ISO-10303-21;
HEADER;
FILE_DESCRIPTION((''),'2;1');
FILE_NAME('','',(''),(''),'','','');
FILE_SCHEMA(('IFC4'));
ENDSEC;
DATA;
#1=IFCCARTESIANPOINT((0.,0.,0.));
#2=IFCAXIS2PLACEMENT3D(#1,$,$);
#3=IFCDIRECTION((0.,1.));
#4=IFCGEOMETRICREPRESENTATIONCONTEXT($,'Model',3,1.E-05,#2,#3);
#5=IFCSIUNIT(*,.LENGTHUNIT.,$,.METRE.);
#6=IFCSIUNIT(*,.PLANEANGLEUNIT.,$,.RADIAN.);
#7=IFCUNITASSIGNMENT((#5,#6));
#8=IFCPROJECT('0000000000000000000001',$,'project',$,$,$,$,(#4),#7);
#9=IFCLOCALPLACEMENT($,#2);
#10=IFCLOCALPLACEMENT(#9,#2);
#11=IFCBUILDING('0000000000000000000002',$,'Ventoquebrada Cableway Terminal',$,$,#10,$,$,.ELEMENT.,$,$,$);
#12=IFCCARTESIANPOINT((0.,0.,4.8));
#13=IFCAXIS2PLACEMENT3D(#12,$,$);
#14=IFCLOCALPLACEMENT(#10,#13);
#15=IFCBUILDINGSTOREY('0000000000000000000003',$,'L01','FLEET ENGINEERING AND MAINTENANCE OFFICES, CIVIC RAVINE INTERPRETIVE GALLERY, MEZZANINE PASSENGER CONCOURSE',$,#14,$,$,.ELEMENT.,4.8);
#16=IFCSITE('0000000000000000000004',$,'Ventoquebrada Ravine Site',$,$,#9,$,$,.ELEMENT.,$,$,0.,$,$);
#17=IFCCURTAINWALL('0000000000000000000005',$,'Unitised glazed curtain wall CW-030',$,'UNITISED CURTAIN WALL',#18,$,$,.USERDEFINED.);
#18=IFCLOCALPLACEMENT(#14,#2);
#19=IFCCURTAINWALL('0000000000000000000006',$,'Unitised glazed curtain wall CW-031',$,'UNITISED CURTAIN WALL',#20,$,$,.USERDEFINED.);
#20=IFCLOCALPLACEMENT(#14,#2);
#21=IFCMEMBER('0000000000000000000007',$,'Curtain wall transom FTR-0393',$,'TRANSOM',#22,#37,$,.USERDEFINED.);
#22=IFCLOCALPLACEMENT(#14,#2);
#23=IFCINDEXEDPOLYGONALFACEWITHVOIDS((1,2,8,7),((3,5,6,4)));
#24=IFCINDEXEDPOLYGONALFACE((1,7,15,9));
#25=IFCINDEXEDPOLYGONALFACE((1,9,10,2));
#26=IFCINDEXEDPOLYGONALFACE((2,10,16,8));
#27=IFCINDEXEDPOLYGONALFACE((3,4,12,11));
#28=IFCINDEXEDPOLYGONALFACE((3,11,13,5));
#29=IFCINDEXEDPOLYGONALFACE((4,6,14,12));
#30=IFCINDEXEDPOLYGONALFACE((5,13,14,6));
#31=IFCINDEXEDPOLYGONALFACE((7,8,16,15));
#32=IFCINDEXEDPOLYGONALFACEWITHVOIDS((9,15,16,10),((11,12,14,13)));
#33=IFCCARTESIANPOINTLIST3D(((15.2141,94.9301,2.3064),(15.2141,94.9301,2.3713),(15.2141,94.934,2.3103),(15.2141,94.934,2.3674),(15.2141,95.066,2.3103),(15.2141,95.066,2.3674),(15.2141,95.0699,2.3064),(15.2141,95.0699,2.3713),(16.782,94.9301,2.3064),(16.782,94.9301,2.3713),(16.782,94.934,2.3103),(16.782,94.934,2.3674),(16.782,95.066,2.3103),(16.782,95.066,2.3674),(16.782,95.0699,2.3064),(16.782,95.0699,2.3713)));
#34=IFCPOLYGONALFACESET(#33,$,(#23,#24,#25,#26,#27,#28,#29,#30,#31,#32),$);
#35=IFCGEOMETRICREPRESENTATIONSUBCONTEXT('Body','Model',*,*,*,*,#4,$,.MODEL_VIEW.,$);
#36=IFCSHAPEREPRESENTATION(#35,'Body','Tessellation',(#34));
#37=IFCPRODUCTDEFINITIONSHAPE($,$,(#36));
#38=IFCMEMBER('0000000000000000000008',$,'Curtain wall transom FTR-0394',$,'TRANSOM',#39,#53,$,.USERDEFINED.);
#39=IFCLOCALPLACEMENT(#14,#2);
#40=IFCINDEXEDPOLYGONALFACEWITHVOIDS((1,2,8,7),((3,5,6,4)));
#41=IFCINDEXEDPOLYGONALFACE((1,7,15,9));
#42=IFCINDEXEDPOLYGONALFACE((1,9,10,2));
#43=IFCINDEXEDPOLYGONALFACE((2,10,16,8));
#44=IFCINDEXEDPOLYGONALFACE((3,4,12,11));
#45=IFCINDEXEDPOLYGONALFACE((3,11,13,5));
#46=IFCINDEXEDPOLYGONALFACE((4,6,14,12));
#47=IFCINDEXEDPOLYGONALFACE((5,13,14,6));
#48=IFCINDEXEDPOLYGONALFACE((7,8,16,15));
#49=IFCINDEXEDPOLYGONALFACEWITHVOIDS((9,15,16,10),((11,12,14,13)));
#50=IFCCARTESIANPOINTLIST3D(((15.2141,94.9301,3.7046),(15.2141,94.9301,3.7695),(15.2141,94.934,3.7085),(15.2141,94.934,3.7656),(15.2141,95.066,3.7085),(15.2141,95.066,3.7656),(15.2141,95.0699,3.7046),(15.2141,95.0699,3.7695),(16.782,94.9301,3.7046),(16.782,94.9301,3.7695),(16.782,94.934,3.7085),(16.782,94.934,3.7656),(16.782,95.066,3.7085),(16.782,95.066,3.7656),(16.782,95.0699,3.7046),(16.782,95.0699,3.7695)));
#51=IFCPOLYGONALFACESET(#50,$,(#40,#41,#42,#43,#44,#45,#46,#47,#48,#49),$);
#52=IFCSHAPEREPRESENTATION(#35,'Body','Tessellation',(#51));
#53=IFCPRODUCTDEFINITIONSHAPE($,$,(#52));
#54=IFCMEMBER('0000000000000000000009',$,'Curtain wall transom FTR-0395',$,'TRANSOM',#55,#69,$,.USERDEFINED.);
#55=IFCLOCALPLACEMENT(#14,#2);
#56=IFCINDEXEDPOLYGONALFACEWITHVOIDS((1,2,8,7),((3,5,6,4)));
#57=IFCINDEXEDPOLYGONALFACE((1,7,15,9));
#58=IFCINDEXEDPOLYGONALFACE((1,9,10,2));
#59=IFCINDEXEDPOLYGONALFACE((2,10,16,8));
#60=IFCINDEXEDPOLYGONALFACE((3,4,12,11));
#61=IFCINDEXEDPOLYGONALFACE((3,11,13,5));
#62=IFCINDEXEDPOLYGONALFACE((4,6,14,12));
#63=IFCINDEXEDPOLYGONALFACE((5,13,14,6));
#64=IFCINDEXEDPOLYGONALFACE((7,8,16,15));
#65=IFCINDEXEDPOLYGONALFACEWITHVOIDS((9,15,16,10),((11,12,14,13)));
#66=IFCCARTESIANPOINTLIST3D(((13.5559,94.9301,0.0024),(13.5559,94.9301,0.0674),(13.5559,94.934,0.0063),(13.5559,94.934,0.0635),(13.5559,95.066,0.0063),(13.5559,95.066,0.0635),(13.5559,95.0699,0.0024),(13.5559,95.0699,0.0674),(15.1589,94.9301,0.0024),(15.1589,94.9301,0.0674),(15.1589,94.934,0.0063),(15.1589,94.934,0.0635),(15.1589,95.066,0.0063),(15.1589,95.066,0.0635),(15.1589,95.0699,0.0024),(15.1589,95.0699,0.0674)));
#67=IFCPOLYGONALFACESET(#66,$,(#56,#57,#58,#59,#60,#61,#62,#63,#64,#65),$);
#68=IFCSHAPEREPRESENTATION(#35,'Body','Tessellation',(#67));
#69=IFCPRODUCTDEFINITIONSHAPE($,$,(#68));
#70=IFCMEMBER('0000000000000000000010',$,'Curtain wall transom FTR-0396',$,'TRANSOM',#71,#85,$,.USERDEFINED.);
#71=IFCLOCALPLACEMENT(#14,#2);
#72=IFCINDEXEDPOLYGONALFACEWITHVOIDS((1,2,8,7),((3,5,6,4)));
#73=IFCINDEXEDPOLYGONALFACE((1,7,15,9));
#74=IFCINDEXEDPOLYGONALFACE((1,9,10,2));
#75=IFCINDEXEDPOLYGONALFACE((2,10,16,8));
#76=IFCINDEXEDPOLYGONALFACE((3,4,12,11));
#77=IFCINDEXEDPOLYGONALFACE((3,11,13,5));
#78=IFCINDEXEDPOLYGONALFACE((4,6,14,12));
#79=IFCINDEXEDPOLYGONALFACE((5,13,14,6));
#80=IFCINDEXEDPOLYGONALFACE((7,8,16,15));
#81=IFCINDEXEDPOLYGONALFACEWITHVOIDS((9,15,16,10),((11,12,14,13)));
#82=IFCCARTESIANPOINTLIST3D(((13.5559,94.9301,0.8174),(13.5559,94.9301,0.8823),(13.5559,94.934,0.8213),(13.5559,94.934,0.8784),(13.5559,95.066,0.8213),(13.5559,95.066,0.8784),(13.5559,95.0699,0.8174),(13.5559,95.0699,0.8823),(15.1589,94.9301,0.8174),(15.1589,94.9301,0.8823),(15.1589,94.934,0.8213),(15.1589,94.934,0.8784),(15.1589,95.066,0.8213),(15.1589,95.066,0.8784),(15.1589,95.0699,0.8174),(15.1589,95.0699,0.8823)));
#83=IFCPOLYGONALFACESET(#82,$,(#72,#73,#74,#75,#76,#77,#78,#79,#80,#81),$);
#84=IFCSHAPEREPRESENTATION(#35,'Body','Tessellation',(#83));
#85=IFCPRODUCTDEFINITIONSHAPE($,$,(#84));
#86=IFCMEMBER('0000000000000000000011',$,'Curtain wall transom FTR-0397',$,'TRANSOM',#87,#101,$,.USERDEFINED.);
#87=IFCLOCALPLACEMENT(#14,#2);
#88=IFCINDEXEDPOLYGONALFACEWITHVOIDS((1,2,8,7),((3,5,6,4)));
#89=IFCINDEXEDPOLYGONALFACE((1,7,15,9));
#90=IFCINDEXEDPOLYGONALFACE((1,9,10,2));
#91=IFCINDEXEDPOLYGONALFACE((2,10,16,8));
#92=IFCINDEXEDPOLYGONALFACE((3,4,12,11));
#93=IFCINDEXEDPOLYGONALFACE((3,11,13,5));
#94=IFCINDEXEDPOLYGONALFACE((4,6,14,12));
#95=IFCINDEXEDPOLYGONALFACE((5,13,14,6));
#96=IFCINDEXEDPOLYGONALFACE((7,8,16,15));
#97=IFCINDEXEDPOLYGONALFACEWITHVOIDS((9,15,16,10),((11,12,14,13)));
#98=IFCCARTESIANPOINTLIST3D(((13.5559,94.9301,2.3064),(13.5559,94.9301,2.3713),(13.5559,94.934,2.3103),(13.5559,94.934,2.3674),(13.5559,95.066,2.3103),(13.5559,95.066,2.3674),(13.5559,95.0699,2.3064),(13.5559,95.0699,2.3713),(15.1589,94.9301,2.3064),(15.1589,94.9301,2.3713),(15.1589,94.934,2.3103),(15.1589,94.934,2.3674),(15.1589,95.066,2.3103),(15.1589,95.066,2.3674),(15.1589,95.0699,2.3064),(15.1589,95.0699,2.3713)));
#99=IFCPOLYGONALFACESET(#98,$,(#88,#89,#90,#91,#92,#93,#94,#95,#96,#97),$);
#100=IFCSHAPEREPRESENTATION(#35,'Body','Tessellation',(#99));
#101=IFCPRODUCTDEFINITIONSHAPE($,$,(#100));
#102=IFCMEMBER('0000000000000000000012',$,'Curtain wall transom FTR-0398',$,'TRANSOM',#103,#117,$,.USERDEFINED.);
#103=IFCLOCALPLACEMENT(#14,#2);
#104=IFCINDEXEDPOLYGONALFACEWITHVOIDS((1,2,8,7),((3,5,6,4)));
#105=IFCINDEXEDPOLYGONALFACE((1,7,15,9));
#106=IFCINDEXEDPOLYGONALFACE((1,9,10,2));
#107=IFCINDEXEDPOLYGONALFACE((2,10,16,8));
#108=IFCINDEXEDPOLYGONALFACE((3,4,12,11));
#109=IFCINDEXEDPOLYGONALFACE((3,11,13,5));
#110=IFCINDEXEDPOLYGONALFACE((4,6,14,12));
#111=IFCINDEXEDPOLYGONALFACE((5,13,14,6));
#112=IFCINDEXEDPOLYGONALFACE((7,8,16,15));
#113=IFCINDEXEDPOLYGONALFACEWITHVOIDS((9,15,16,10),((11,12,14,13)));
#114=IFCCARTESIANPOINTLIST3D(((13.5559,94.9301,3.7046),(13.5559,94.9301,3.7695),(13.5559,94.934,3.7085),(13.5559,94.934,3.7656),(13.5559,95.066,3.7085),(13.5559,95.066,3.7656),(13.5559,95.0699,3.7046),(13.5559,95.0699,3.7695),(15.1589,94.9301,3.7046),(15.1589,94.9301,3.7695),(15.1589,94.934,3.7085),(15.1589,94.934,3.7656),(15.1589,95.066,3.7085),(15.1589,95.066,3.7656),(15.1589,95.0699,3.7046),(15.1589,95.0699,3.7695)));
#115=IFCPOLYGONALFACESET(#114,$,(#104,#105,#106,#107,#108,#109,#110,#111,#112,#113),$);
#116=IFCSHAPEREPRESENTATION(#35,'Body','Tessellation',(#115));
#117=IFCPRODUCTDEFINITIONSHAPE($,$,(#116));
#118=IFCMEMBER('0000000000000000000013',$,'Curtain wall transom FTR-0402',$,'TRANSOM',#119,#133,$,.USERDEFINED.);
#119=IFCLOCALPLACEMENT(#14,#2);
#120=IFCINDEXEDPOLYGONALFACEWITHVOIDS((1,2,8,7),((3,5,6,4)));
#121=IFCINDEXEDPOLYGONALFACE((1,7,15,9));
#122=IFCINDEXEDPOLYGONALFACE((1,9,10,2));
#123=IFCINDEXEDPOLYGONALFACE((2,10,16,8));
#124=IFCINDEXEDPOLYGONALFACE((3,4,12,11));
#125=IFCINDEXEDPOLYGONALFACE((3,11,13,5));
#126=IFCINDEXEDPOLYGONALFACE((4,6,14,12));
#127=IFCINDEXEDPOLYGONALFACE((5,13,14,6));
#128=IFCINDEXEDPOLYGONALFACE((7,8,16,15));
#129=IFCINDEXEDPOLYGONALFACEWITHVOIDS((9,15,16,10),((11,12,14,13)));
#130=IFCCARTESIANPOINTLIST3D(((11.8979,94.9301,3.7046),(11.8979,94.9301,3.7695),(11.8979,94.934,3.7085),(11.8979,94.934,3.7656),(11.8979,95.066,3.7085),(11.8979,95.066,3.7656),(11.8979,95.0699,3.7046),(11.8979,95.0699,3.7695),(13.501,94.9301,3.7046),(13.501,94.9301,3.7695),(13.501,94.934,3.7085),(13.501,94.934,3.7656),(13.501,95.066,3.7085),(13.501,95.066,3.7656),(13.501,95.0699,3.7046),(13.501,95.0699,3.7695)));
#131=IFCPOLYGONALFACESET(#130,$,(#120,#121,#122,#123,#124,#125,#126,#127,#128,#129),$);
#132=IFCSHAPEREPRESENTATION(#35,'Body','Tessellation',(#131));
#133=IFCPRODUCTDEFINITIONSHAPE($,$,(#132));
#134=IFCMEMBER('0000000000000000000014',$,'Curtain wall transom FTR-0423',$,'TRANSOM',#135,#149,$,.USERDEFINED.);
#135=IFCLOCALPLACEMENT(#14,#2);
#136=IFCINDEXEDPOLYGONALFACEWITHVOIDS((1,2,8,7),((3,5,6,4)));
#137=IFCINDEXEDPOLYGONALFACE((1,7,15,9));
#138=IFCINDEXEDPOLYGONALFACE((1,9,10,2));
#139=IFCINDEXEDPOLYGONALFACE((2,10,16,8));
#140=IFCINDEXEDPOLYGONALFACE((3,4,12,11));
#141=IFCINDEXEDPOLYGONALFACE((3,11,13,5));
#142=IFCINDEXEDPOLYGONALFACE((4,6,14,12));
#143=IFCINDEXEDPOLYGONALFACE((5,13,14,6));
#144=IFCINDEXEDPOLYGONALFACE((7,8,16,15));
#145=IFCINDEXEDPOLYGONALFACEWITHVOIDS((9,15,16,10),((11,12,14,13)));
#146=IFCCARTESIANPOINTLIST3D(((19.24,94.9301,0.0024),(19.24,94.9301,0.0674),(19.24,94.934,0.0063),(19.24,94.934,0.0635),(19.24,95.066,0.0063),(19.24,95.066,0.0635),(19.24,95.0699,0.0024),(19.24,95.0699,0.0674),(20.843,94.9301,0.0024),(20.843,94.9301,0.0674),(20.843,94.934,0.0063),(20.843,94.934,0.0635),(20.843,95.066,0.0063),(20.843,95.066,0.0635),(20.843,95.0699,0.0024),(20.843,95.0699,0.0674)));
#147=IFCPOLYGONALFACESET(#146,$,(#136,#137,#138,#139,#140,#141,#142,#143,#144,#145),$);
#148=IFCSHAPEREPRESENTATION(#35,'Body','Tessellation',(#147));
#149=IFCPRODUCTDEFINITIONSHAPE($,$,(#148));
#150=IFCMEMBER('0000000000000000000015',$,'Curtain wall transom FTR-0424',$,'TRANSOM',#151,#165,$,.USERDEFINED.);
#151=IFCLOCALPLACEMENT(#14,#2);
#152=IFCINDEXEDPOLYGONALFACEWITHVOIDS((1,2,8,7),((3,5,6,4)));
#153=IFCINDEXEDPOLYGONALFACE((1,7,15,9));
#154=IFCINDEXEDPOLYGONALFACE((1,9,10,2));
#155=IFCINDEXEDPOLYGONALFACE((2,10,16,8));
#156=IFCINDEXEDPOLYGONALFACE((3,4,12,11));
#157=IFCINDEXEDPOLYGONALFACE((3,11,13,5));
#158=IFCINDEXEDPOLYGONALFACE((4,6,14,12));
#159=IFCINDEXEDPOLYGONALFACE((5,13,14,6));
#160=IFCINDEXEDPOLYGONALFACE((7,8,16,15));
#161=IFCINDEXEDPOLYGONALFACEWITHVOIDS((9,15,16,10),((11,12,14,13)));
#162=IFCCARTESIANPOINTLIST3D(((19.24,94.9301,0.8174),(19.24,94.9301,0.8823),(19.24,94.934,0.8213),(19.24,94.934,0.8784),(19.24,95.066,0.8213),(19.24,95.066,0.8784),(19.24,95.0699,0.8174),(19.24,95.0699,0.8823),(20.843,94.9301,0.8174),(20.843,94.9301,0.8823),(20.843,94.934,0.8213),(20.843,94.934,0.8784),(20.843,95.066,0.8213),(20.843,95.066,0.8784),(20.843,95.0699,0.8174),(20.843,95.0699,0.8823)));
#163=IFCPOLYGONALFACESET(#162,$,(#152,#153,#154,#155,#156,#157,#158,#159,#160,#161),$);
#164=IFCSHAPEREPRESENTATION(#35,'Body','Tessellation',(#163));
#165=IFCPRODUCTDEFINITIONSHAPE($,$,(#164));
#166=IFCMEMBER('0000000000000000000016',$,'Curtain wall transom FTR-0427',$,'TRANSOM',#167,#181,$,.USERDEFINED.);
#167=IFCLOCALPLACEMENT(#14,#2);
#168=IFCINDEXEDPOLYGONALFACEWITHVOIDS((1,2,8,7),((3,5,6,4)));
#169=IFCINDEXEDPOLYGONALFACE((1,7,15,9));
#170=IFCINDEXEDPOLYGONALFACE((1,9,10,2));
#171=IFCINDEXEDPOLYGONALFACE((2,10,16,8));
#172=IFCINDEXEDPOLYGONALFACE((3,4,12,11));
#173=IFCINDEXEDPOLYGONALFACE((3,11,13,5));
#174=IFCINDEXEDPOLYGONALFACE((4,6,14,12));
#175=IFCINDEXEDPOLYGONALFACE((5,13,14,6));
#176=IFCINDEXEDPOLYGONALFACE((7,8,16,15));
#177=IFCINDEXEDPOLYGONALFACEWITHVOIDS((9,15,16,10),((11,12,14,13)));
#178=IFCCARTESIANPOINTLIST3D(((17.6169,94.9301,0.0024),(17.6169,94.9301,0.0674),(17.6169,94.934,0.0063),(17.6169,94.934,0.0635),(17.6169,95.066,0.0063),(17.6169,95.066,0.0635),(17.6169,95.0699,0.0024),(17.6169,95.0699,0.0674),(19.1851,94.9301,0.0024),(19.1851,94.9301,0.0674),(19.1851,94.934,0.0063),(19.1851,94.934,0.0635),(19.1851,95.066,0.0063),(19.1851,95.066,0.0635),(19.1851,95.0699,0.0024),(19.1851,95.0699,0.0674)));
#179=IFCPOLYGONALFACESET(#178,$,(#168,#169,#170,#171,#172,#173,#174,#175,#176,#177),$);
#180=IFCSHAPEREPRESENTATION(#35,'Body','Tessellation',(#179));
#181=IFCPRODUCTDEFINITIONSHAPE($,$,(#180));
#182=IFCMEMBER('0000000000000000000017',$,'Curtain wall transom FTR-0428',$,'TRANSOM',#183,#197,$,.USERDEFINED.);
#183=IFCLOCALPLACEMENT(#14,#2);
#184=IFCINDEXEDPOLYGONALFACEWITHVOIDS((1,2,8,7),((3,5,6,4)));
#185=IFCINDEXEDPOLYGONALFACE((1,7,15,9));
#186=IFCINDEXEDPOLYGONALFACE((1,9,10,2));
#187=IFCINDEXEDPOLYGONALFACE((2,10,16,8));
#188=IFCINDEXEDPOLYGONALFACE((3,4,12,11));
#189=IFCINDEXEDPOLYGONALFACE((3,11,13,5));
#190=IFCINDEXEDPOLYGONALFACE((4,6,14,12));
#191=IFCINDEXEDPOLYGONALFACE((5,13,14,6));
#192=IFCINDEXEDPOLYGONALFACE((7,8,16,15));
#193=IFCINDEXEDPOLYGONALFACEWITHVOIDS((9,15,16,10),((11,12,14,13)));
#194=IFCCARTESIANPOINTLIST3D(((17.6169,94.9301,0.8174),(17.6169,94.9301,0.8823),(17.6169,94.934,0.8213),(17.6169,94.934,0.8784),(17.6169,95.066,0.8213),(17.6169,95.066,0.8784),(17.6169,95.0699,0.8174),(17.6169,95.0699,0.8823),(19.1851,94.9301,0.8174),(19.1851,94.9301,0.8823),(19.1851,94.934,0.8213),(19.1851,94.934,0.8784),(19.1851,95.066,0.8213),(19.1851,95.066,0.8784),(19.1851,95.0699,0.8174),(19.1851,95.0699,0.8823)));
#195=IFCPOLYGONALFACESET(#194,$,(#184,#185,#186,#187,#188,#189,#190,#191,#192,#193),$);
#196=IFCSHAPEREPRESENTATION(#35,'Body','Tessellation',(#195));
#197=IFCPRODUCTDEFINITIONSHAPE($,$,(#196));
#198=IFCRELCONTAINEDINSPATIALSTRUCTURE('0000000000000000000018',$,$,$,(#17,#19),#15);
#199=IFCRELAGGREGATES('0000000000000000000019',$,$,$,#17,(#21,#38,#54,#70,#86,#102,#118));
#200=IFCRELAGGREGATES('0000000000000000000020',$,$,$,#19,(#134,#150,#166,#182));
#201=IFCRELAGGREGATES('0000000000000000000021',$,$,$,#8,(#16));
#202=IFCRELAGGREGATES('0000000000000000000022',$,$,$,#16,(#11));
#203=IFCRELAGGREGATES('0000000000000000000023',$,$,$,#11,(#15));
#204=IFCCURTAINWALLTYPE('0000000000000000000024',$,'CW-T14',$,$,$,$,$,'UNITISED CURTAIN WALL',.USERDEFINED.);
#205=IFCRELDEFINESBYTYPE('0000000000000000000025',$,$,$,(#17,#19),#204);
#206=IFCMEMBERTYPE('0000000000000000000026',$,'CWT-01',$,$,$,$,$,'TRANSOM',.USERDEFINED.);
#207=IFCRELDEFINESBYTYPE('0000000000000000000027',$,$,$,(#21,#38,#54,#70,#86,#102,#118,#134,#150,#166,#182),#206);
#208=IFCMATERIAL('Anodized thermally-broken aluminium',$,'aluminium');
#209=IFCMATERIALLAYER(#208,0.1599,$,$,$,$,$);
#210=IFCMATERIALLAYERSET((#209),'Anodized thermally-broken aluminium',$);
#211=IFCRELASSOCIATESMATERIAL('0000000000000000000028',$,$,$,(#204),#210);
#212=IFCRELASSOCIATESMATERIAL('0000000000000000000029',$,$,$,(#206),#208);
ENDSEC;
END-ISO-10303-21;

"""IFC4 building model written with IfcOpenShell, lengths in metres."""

from ifc_helpers import new_model, si_unit, direction, frame, origin, origin_2d, place, context, subcontext, project, spatial, hollow_rectangle, extrude, material, layer, layer_set, material_profile, profile_set, type_object, element, aggregate, save


model = new_model("IFC4")

# Units and contexts
model_context = context("Model", 3, precision=1e-05, world=origin(), true_north=direction((0.0, 1.0)))
body_context = subcontext(model_context, "Body", "Model", "MODEL_VIEW")
ifc_project = project(units=[si_unit("LENGTHUNIT", "METRE"), si_unit("PLANEANGLEUNIT", "RADIAN")], contexts=[model_context])

# Site, building, storey
site_placement = place(None, origin())
site = spatial("IfcSite", under=ifc_project, at=site_placement, Name="Ventoquebrada Ravine Site", CompositionType="ELEMENT", RefElevation=0.0)
building_placement = place(site_placement, origin())
building = spatial("IfcBuilding", under=site, at=building_placement, Name="Ventoquebrada Cableway Terminal", CompositionType="ELEMENT")
storey_placement = place(building_placement, frame((0.0, 0.0, 4.8)))
storey = spatial("IfcBuildingStorey", under=building, at=storey_placement, Name="L01", Description="FLEET ENGINEERING AND MAINTENANCE OFFICES, CIVIC RAVINE INTERPRETIVE GALLERY, MEZZANINE PASSENGER CONCOURSE", CompositionType="ELEMENT", Elevation=4.8)

# Curtain walls
ifc_material_1 = material(Name="Anodized thermally-broken aluminium", Category="aluminium")
ifc_layer_1 = layer(ifc_material_1, 0.1599)
ifc_layer_set_1 = layer_set([ifc_layer_1], Name="Anodized thermally-broken aluminium")
curtain_wall_type = type_object("IfcCurtainWallType", Name="CW-T14", ElementType="UNITISED CURTAIN WALL", PredefinedType="USERDEFINED", material=ifc_layer_set_1)
curtain_wall_1_placement = place(storey_placement, origin())
curtain_wall_1 = element("IfcCurtainWall", 1, at=curtain_wall_1_placement, inside=storey, type_object=curtain_wall_type, Name="Unitised glazed curtain wall CW-030", ObjectType="UNITISED CURTAIN WALL", PredefinedType="USERDEFINED")
curtain_wall_2_placement = place(storey_placement, origin())
curtain_wall_2 = element("IfcCurtainWall", 2, at=curtain_wall_2_placement, inside=storey, type_object=curtain_wall_type, Name="Unitised glazed curtain wall CW-031", ObjectType="UNITISED CURTAIN WALL", PredefinedType="USERDEFINED")

# Members
ifc_material_profile_1 = material_profile(ifc_material_1, hollow_rectangle(XDim=0.0649, YDim=0.1399, WallThickness=0.0039, at=origin_2d()), Name="CW-TRN-65X140")
ifc_profile_set_1 = profile_set([ifc_material_profile_1], Name="Anodized thermally-broken aluminium")
member_type_1 = type_object("IfcMemberType", Name="CWT-01", ElementType="TRANSOM", PredefinedType="USERDEFINED", material=ifc_profile_set_1)
member_1_placement = place(storey_placement, frame((16.782, 95.0, 2.3389), z_axis=(-1.0, 0.0, 0.0), x_axis=(0.0, 0.0, 1.0)))
member_1 = element("IfcMember", 3, at=member_1_placement, type_object=member_type_1, Name="Curtain wall transom FTR-0393", ObjectType="TRANSOM", PredefinedType="USERDEFINED", context=body_context, shape_type="SweptSolid", body=[
    extrude(hollow_rectangle(XDim=0.0649, YDim=0.1399, WallThickness=0.0039, at=origin_2d()), origin(), (0.0, 0.0, 1.0), 1.5679),
])
member_2_placement = place(storey_placement, frame((16.782, 95.0, 3.7371), z_axis=(-1.0, 0.0, 0.0), x_axis=(0.0, 0.0, 1.0)))
member_2 = element("IfcMember", 4, at=member_2_placement, type_object=member_type_1, Name="Curtain wall transom FTR-0394", ObjectType="TRANSOM", PredefinedType="USERDEFINED", context=body_context, shape_type="SweptSolid", body=[
    extrude(hollow_rectangle(XDim=0.0649, YDim=0.1399, WallThickness=0.0039, at=origin_2d()), origin(), (0.0, 0.0, 1.0), 1.5679),
])
member_3_placement = place(storey_placement, frame((15.1589, 95.0, 0.0349), z_axis=(-1.0, 0.0, 0.0), x_axis=(0.0, 0.0, 1.0)))
member_3 = element("IfcMember", 5, at=member_3_placement, type_object=member_type_1, Name="Curtain wall transom FTR-0395", ObjectType="TRANSOM", PredefinedType="USERDEFINED", context=body_context, shape_type="SweptSolid", body=[
    extrude(hollow_rectangle(XDim=0.0649, YDim=0.1399, WallThickness=0.0039, at=origin_2d()), origin(), (0.0, 0.0, 1.0), 1.603),
])
member_4_placement = place(storey_placement, frame((15.1589, 95.0, 0.8499), z_axis=(-1.0, 0.0, 0.0), x_axis=(0.0, 0.0, 1.0)))
member_4 = element("IfcMember", 6, at=member_4_placement, type_object=member_type_1, Name="Curtain wall transom FTR-0396", ObjectType="TRANSOM", PredefinedType="USERDEFINED", context=body_context, shape_type="SweptSolid", body=[
    extrude(hollow_rectangle(XDim=0.0649, YDim=0.1399, WallThickness=0.0039, at=origin_2d()), origin(), (0.0, 0.0, 1.0), 1.603),
])
member_5_placement = place(storey_placement, frame((15.1589, 95.0, 2.3389), z_axis=(-1.0, 0.0, 0.0), x_axis=(0.0, 0.0, 1.0)))
member_5 = element("IfcMember", 7, at=member_5_placement, type_object=member_type_1, Name="Curtain wall transom FTR-0397", ObjectType="TRANSOM", PredefinedType="USERDEFINED", context=body_context, shape_type="SweptSolid", body=[
    extrude(hollow_rectangle(XDim=0.0649, YDim=0.1399, WallThickness=0.0039, at=origin_2d()), origin(), (0.0, 0.0, 1.0), 1.603),
])
member_6_placement = place(storey_placement, frame((15.1589, 95.0, 3.7371), z_axis=(-1.0, 0.0, 0.0), x_axis=(0.0, 0.0, 1.0)))
member_6 = element("IfcMember", 8, at=member_6_placement, type_object=member_type_1, Name="Curtain wall transom FTR-0398", ObjectType="TRANSOM", PredefinedType="USERDEFINED", context=body_context, shape_type="SweptSolid", body=[
    extrude(hollow_rectangle(XDim=0.0649, YDim=0.1399, WallThickness=0.0039, at=origin_2d()), origin(), (0.0, 0.0, 1.0), 1.603),
])
member_7_placement = place(storey_placement, frame((13.501, 95.0, 3.7371), z_axis=(-1.0, 0.0, 0.0), x_axis=(0.0, 0.0, 1.0)))
member_7 = element("IfcMember", 9, at=member_7_placement, type_object=member_type_1, Name="Curtain wall transom FTR-0402", ObjectType="TRANSOM", PredefinedType="USERDEFINED", context=body_context, shape_type="SweptSolid", body=[
    extrude(hollow_rectangle(XDim=0.0649, YDim=0.1399, WallThickness=0.0039, at=origin_2d()), origin(), (0.0, 0.0, 1.0), 1.603),
])
member_8_placement = place(storey_placement, frame((20.843, 95.0, 0.0349), z_axis=(-1.0, 0.0, 0.0), x_axis=(0.0, 0.0, 1.0)))
member_8 = element("IfcMember", 10, at=member_8_placement, type_object=member_type_1, Name="Curtain wall transom FTR-0423", ObjectType="TRANSOM", PredefinedType="USERDEFINED", context=body_context, shape_type="SweptSolid", body=[
    extrude(hollow_rectangle(XDim=0.0649, YDim=0.1399, WallThickness=0.0039, at=origin_2d()), origin(), (0.0, 0.0, 1.0), 1.603),
])
member_9_placement = place(storey_placement, frame((20.843, 95.0, 0.8499), z_axis=(-1.0, 0.0, 0.0), x_axis=(0.0, 0.0, 1.0)))
member_9 = element("IfcMember", 11, at=member_9_placement, type_object=member_type_1, Name="Curtain wall transom FTR-0424", ObjectType="TRANSOM", PredefinedType="USERDEFINED", context=body_context, shape_type="SweptSolid", body=[
    extrude(hollow_rectangle(XDim=0.0649, YDim=0.1399, WallThickness=0.0039, at=origin_2d()), origin(), (0.0, 0.0, 1.0), 1.603),
])
member_10_placement = place(storey_placement, frame((19.1851, 95.0, 0.0349), z_axis=(-1.0, 0.0, 0.0), x_axis=(0.0, 0.0, 1.0)))
member_10 = element("IfcMember", 12, at=member_10_placement, type_object=member_type_1, Name="Curtain wall transom FTR-0427", ObjectType="TRANSOM", PredefinedType="USERDEFINED", context=body_context, shape_type="SweptSolid", body=[
    extrude(hollow_rectangle(XDim=0.0649, YDim=0.1399, WallThickness=0.0039, at=origin_2d()), origin(), (0.0, 0.0, 1.0), 1.5681),
])
member_11_placement = place(storey_placement, frame((19.1851, 95.0, 0.8499), z_axis=(-1.0, 0.0, 0.0), x_axis=(0.0, 0.0, 1.0)))
member_11 = element("IfcMember", 13, at=member_11_placement, type_object=member_type_1, Name="Curtain wall transom FTR-0428", ObjectType="TRANSOM", PredefinedType="USERDEFINED", context=body_context, shape_type="SweptSolid", body=[
    extrude(hollow_rectangle(XDim=0.0649, YDim=0.1399, WallThickness=0.0039, at=origin_2d()), origin(), (0.0, 0.0, 1.0), 1.5681),
])

aggregate(curtain_wall_1, [member_1, member_2, member_3, member_4, member_5, member_6, member_7])
aggregate(curtain_wall_2, [member_8, member_9, member_10, member_11])

save(model, "model.ifc")
